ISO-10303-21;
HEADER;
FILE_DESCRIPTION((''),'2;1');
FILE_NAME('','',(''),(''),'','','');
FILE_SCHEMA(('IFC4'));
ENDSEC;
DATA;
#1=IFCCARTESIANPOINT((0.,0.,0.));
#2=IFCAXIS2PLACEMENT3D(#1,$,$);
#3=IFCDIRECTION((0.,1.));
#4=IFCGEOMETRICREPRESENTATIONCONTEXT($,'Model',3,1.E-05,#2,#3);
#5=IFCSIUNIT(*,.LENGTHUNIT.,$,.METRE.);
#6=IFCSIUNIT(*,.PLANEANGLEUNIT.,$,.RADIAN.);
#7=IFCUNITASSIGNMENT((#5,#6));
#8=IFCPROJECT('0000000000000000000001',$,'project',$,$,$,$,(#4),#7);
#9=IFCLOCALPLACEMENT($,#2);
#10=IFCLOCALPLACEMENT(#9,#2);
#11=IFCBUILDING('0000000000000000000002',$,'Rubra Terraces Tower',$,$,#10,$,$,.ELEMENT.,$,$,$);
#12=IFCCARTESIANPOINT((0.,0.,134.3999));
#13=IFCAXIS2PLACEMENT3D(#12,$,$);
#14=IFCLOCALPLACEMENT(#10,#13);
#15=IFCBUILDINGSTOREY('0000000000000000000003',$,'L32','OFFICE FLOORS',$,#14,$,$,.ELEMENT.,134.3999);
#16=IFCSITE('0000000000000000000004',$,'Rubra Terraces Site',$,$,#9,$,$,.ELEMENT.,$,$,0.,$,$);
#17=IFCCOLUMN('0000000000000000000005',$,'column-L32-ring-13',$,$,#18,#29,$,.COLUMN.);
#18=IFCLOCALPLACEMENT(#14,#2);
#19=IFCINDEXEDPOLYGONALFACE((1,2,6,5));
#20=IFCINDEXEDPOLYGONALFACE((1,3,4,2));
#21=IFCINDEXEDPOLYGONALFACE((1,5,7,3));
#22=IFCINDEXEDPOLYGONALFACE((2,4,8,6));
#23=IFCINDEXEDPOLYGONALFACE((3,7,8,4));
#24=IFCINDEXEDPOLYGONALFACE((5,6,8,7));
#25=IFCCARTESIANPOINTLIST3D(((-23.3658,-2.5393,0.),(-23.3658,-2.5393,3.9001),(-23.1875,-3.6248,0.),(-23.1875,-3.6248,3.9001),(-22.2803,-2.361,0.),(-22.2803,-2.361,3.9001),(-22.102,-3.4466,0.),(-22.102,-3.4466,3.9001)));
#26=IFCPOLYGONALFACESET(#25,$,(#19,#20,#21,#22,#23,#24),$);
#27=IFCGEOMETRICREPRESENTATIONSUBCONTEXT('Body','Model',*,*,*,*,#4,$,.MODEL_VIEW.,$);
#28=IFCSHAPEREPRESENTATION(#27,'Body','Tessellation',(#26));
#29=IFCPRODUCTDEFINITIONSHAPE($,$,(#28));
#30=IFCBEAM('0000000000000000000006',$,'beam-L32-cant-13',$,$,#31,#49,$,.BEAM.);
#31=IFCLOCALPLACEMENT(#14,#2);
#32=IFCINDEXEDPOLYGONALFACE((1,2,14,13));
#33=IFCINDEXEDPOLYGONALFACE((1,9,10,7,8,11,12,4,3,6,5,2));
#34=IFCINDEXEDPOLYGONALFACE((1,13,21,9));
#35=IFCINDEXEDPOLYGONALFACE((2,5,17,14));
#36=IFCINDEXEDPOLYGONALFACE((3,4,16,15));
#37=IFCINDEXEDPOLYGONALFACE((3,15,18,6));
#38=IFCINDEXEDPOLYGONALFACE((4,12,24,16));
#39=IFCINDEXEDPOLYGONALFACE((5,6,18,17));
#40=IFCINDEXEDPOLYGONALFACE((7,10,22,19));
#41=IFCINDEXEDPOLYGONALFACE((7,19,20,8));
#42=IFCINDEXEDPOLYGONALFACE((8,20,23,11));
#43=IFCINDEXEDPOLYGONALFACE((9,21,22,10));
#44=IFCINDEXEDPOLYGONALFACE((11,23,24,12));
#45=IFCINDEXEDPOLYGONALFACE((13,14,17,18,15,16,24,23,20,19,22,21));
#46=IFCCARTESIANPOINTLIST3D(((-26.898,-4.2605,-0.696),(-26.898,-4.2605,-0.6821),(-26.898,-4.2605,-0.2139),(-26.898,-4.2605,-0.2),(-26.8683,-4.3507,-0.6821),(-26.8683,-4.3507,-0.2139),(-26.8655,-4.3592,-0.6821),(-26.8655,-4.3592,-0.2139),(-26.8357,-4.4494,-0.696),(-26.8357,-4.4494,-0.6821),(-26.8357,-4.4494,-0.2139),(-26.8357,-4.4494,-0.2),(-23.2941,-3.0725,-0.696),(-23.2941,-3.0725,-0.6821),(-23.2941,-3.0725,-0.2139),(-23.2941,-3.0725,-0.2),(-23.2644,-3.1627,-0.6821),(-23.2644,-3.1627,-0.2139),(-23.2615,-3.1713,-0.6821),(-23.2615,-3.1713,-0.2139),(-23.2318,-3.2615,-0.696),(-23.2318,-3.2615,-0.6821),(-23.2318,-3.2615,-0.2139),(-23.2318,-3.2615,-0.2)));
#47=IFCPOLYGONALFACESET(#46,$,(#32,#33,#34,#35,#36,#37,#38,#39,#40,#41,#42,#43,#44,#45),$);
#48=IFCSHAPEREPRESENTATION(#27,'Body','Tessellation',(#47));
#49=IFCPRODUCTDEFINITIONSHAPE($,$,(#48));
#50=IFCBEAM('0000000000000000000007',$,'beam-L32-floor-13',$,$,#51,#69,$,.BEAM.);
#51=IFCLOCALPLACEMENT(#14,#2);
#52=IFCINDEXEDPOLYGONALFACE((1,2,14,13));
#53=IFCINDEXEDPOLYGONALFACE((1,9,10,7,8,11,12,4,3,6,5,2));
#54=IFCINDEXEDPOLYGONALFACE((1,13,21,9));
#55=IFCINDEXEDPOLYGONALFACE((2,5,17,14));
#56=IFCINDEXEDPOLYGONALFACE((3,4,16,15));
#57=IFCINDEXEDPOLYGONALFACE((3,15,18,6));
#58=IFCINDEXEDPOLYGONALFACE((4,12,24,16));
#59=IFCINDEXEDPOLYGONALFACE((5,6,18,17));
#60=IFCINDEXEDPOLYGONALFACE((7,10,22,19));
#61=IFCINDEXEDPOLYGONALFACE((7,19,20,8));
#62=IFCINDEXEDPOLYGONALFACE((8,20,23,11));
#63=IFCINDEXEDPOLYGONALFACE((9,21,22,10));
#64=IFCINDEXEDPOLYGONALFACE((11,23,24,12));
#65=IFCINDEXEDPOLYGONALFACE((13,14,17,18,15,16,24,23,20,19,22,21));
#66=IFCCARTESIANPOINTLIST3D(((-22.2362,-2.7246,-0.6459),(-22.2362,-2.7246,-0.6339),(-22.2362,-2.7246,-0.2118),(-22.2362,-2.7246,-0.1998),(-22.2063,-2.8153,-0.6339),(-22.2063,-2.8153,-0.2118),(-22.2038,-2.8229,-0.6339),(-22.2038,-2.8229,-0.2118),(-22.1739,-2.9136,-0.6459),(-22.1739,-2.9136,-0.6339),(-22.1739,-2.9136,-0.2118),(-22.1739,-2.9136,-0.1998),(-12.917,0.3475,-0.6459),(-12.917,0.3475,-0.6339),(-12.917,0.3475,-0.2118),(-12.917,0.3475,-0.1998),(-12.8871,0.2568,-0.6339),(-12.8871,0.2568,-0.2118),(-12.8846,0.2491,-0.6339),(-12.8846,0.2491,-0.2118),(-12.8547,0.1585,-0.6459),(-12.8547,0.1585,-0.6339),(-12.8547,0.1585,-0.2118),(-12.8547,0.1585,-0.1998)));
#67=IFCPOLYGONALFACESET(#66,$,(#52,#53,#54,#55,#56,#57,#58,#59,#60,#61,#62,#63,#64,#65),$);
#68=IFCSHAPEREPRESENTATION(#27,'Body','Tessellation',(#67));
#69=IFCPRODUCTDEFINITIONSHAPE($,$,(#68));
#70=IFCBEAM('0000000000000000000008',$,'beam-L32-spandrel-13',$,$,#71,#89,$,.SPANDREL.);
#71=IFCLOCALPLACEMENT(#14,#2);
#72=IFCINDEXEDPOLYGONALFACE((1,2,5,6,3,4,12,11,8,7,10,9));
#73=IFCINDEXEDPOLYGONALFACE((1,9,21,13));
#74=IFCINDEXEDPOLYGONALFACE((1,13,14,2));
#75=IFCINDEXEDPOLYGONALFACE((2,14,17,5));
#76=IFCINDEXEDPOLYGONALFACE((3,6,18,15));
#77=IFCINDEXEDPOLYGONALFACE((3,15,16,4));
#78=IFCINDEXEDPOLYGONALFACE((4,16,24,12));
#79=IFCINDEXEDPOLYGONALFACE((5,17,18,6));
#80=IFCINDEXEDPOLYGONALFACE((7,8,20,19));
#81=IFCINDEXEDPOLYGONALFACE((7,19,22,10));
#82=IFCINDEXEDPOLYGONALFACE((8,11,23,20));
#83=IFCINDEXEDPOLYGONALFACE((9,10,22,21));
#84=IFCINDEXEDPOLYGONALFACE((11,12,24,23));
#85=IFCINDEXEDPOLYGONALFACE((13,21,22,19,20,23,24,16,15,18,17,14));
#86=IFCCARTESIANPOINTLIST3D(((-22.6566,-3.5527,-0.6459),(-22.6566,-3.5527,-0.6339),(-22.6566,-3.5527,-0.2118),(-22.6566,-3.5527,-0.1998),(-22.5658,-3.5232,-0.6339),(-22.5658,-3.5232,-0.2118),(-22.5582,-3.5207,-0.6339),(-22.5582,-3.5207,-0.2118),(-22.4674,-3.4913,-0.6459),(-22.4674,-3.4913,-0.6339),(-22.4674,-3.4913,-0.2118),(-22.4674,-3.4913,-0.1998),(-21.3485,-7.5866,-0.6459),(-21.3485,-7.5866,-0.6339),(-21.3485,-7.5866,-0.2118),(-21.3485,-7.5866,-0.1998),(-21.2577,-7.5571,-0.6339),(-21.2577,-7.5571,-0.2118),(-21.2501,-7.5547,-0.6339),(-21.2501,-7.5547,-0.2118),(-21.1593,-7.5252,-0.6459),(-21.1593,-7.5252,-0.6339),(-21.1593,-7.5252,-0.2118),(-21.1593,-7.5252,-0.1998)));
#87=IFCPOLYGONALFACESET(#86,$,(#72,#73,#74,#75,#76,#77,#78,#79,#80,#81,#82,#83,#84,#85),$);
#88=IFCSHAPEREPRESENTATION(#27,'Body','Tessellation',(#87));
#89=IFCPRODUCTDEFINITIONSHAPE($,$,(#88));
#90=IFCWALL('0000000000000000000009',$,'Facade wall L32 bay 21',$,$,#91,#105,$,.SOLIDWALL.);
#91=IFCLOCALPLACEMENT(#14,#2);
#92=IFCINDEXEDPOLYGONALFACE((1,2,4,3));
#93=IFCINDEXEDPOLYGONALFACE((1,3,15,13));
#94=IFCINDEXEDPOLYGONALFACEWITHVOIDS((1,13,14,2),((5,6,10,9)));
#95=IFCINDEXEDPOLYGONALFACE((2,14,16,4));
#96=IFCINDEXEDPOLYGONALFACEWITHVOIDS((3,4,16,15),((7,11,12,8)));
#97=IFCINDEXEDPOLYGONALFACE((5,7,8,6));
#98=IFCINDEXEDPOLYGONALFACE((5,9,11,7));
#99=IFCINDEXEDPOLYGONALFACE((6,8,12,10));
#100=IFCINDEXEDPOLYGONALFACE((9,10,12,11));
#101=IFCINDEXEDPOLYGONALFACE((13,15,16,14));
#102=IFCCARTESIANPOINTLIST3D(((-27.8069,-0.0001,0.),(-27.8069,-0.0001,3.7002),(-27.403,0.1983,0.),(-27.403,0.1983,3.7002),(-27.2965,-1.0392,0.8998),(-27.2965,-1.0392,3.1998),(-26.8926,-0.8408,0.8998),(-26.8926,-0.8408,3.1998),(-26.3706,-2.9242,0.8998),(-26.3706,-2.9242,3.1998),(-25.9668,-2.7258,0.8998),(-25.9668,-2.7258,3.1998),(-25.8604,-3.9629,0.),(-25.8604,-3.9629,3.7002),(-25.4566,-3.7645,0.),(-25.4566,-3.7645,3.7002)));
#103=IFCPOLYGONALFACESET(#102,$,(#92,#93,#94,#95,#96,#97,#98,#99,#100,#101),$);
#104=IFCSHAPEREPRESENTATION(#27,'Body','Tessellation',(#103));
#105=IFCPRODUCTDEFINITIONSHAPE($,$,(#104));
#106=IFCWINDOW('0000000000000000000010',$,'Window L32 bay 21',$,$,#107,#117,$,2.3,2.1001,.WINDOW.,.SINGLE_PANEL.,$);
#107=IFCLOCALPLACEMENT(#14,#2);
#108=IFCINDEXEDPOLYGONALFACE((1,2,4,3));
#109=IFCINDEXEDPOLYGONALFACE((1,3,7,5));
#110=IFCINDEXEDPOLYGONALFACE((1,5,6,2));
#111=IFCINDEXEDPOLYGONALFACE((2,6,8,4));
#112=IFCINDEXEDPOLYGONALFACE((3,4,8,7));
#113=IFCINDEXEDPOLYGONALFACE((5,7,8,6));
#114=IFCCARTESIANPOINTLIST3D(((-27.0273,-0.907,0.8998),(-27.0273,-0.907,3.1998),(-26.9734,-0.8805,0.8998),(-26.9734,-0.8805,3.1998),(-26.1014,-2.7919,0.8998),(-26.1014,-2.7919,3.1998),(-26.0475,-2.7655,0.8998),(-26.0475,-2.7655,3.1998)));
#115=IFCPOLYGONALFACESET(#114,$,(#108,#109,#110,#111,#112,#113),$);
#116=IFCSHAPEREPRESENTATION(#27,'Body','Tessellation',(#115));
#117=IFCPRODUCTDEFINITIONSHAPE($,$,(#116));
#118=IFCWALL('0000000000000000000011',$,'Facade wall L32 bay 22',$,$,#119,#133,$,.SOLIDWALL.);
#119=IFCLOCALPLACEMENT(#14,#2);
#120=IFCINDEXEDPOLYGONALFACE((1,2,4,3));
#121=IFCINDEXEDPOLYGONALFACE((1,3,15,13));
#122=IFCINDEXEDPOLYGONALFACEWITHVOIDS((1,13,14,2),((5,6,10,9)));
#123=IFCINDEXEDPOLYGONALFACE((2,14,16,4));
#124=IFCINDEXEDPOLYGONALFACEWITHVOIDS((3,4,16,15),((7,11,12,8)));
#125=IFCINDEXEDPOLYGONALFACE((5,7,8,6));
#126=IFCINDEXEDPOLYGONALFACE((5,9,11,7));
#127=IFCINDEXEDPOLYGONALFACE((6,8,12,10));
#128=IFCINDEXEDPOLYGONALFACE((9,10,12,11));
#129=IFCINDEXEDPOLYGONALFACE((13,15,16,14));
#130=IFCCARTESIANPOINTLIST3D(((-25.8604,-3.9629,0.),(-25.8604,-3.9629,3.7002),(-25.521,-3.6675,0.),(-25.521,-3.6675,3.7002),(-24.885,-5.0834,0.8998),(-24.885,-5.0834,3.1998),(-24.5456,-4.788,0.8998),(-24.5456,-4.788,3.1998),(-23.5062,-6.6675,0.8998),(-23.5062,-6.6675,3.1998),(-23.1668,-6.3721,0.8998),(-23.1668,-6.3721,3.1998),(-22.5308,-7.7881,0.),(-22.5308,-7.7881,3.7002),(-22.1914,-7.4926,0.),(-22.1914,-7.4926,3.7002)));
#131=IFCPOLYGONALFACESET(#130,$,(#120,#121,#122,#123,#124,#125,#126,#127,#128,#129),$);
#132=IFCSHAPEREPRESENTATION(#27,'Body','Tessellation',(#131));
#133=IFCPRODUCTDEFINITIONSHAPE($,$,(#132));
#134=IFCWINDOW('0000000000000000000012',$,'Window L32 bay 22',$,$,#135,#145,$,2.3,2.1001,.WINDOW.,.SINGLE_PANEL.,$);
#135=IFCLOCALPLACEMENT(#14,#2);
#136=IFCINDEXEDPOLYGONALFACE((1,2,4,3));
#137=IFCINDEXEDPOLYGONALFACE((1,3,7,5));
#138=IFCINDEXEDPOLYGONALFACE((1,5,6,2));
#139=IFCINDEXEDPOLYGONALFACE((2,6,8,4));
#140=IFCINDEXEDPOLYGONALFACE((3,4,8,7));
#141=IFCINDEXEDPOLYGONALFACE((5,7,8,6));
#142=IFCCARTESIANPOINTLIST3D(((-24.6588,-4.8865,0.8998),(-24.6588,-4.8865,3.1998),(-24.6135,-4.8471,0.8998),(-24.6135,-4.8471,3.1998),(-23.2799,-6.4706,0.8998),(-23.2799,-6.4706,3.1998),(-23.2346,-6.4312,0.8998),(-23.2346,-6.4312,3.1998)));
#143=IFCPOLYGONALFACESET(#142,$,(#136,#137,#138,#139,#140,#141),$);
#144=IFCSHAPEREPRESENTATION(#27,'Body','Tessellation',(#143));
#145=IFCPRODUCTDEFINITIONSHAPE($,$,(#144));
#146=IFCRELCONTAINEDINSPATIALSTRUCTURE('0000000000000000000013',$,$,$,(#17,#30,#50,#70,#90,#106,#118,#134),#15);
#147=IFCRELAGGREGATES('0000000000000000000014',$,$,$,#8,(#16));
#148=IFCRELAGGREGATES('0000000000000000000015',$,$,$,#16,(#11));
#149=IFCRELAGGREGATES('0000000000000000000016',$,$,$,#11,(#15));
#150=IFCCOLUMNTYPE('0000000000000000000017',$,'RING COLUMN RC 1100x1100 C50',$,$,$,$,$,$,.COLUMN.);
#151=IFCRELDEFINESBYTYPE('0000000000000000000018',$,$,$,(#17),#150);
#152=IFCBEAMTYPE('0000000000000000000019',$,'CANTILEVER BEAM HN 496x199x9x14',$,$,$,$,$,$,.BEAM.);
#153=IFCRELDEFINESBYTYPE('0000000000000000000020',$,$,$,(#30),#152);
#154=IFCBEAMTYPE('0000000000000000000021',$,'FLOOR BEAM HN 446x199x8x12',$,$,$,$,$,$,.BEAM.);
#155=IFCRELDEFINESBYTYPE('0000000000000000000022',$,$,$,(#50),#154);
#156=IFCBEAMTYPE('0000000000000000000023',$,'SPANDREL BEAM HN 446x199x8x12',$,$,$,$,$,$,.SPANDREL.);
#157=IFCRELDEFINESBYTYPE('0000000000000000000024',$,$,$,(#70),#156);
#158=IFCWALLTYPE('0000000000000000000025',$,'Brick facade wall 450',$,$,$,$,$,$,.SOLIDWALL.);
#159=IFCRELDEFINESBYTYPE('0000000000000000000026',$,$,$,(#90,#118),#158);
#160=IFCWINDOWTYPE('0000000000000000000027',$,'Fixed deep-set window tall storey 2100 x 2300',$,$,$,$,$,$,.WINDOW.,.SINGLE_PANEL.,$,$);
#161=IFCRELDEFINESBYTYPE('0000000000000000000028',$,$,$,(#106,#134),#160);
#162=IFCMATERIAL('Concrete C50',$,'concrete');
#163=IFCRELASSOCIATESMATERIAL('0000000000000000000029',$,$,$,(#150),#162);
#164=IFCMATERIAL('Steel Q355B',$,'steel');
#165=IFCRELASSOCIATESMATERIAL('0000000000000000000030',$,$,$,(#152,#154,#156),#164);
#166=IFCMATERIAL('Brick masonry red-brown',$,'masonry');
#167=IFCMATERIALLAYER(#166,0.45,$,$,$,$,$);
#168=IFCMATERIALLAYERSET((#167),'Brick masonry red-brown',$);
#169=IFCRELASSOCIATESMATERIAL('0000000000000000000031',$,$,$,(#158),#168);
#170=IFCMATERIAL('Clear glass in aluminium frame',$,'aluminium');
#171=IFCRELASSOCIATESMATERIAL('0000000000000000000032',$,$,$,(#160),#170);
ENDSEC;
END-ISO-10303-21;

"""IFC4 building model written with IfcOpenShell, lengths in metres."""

from ifc_helpers import new_model, si_unit, direction, frame, frame_2d, origin, origin_2d, place, context, subcontext, project, spatial, rectangle, i_section, extrude, material, layer, layer_set, material_profile, profile_set, type_object, element, fill, save


model = new_model("IFC4")

# Units and contexts
model_context = context("Model", 3, precision=1e-05, world=origin(), true_north=direction((0.0, 1.0)))
body_context = subcontext(model_context, "Body", "Model", "MODEL_VIEW")
ifc_project = project(units=[si_unit("LENGTHUNIT", "METRE"), si_unit("PLANEANGLEUNIT", "RADIAN")], contexts=[model_context])

# Site, building, storey
site_placement = place(None, origin())
site = spatial("IfcSite", under=ifc_project, at=site_placement, Name="Rubra Terraces Site", CompositionType="ELEMENT", RefElevation=0.0)
building_placement = place(site_placement, origin())
building = spatial("IfcBuilding", under=site, at=building_placement, Name="Rubra Terraces Tower", CompositionType="ELEMENT")
storey_placement = place(building_placement, frame((0.0, 0.0, 134.3999)))
storey = spatial("IfcBuildingStorey", under=building, at=storey_placement, Name="L32", Description="OFFICE FLOORS", CompositionType="ELEMENT", Elevation=134.3999)

# Column
ifc_material_1 = material(Name="Concrete C50", Category="concrete")
ifc_material_profile_1 = material_profile(ifc_material_1, rectangle(XDim=1.1001, YDim=1.1001, at=origin_2d()), Name="RC 1100x1100")
ifc_profile_set_1 = profile_set([ifc_material_profile_1], Name="Concrete C50")
column_type = type_object("IfcColumnType", Name="RING COLUMN RC 1100x1100 C50", PredefinedType="COLUMN", material=ifc_profile_set_1)
column_placement = place(storey_placement, frame((-22.7339, -2.9929, 0.0), z_axis=(0.0, 0.0, 1.0), x_axis=(0.162062, -0.986781, 0.0)))
element("IfcColumn", 1, at=column_placement, inside=storey, type_object=column_type, Name="column-L32-ring-13", PredefinedType="COLUMN", context=body_context, shape_type="SweptSolid", body=[
    extrude(rectangle(XDim=1.1001, YDim=1.1001, at=origin_2d()), origin(), (0.0, 0.0, 1.0), 3.9001),
])

# Beams
ifc_material_2 = material(Name="Steel Q355B", Category="steel")
ifc_material_profile_2 = material_profile(ifc_material_2, i_section(OverallWidth=0.199, OverallDepth=0.4961, WebThickness=0.009, FlangeThickness=0.0139, at=origin_2d()), Name="HN 496x199x9x14")
ifc_profile_set_2 = profile_set([ifc_material_profile_2], Name="Steel Q355B")
beam_type_1 = type_object("IfcBeamType", Name="CANTILEVER BEAM HN 496x199x9x14", PredefinedType="BEAM", material=ifc_profile_set_2)
beam_1_placement = place(storey_placement, frame((-23.2629, -3.167, -0.448), z_axis=(-0.949733, -0.313061, 0.0), x_axis=(0.313061, -0.949733, 0.0)))
element("IfcBeam", 2, at=beam_1_placement, inside=storey, type_object=beam_type_1, Name="beam-L32-cant-13", PredefinedType="BEAM", context=body_context, shape_type="SweptSolid", body=[
    extrude(i_section(OverallWidth=0.199, OverallDepth=0.4961, WebThickness=0.009, FlangeThickness=0.0139, at=origin_2d()), origin(), (0.0, 0.0, 1.0), 3.7947),
])
ifc_material_profile_3 = material_profile(ifc_material_2, i_section(OverallWidth=0.199, OverallDepth=0.446, WebThickness=0.0081, FlangeThickness=0.012, at=origin_2d()), Name="HN 446x199x8x12")
ifc_profile_set_3 = profile_set([ifc_material_profile_3], Name="Steel Q355B")
beam_type_2 = type_object("IfcBeamType", Name="FLOOR BEAM HN 446x199x8x12", PredefinedType="BEAM", material=ifc_profile_set_3)
beam_2_placement = place(storey_placement, frame((-22.2051, -2.8191, -0.4229), z_axis=(0.949728, 0.313076, 0.0), x_axis=(-0.313076, 0.949728, 0.0)))
element("IfcBeam", 3, at=beam_2_placement, inside=storey, type_object=beam_type_2, Name="beam-L32-floor-13", PredefinedType="BEAM", context=body_context, shape_type="SweptSolid", body=[
    extrude(i_section(OverallWidth=0.199, OverallDepth=0.446, WebThickness=0.0081, FlangeThickness=0.012, at=origin_2d()), origin(), (0.0, 0.0, 1.0), 9.8125),
])
ifc_material_profile_4 = material_profile(ifc_material_2, i_section(OverallWidth=0.199, OverallDepth=0.446, WebThickness=0.0081, FlangeThickness=0.012, at=origin_2d()), Name="HN 446x199x8x12")
ifc_profile_set_4 = profile_set([ifc_material_profile_4], Name="Steel Q355B")
beam_type_3 = type_object("IfcBeamType", Name="SPANDREL BEAM HN 446x199x8x12", PredefinedType="SPANDREL", material=ifc_profile_set_4)
beam_3_placement = place(storey_placement, frame((-22.562, -3.522, -0.4229), z_axis=(0.308462, -0.951237, 0.0), x_axis=(0.951237, 0.308462, 0.0)))
element("IfcBeam", 4, at=beam_3_placement, inside=storey, type_object=beam_type_3, Name="beam-L32-spandrel-13", PredefinedType="SPANDREL", context=body_context, shape_type="SweptSolid", body=[
    extrude(i_section(OverallWidth=0.199, OverallDepth=0.446, WebThickness=0.0081, FlangeThickness=0.012, at=origin_2d()), origin(), (0.0, 0.0, 1.0), 4.2407),
])

# Walls, openings, windows
ifc_material_3 = material(Name="Brick masonry red-brown", Category="masonry")
ifc_layer_1 = layer(ifc_material_3, 0.45)
ifc_layer_set_1 = layer_set([ifc_layer_1], Name="Brick masonry red-brown")
wall_type_1 = type_object("IfcWallType", Name="Brick facade wall 450", PredefinedType="SOLIDWALL", material=ifc_layer_set_1)
wall_1_placement = place(storey_placement, frame((-27.605, 0.0991, 0.0), z_axis=(0.0, 0.0, 1.0), x_axis=(0.440877, -0.897568, 0.0)))
wall_1 = element("IfcWall", 5, at=wall_1_placement, inside=storey, type_object=wall_type_1, Name="Facade wall L32 bay 21", PredefinedType="SOLIDWALL", context=body_context, shape_type="SweptSolid", body=[
    extrude(rectangle(XDim=4.415, YDim=0.45, at=frame_2d((2.2075, 0.0))), origin(), (0.0, 0.0, 1.0), 3.7002),
])
opening_1_placement = place(wall_1_placement, frame((1.1577, 0.0, 0.8999)))
opening_1 = element("IfcOpeningElement", 6, at=opening_1_placement, cuts=wall_1, PredefinedType="OPENING", context=body_context, shape_type="SweptSolid", body=[
    extrude(rectangle(XDim=2.1001, YDim=2.3, at=frame_2d((1.05, 1.1499))), frame((0.0, 0.2349, 0.0), z_axis=(0.0, -1.0, 0.0), x_axis=(1.0, 0.0, 0.0)), (0.0, 0.0, 1.0), 0.47),
])
ifc_material_4 = material(Name="Clear glass in aluminium frame", Category="aluminium")
window_type = type_object("IfcWindowType", Name="Fixed deep-set window tall storey 2100 x 2300", PartitioningType="SINGLE_PANEL", PredefinedType="WINDOW", material=ifc_material_4)
window_1_placement = place(opening_1_placement, origin())
window_1 = element("IfcWindow", 7, at=window_1_placement, inside=storey, type_object=window_type, Name="Window L32 bay 21", OverallHeight=2.3, OverallWidth=2.1001, PartitioningType="SINGLE_PANEL", PredefinedType="WINDOW", context=body_context, shape_type="SweptSolid", body=[
    extrude(rectangle(XDim=2.1001, YDim=2.3, at=frame_2d((1.05, 1.1499))), frame((0.0, 0.135, 0.0), z_axis=(0.0, -1.0, 0.0), x_axis=(1.0, 0.0, 0.0)), (0.0, 0.0, 1.0), 0.0601),
])
fill(opening_1, window_1)
wall_2_placement = place(storey_placement, frame((-25.6907, -3.8152, 0.0), z_axis=(0.0, 0.0, 1.0), x_axis=(0.656553, -0.75428, 0.0)))
wall_2 = element("IfcWall", 8, at=wall_2_placement, inside=storey, type_object=wall_type_1, Name="Facade wall L32 bay 22", PredefinedType="SOLIDWALL", context=body_context, shape_type="SweptSolid", body=[
    extrude(rectangle(XDim=5.0713, YDim=0.45, at=frame_2d((2.5356, 0.0))), origin(), (0.0, 0.0, 1.0), 3.7002),
])
opening_2_placement = place(wall_2_placement, frame((1.4856, 0.0, 0.8999)))
opening_2 = element("IfcOpeningElement", 9, at=opening_2_placement, cuts=wall_2, PredefinedType="OPENING", context=body_context, shape_type="SweptSolid", body=[
    extrude(rectangle(XDim=2.1001, YDim=2.3, at=frame_2d((1.05, 1.1499))), frame((0.0, 0.2349, 0.0), z_axis=(0.0, -1.0, 0.0), x_axis=(1.0, 0.0, 0.0)), (0.0, 0.0, 1.0), 0.47),
])
window_2_placement = place(opening_2_placement, origin())
window_2 = element("IfcWindow", 10, at=window_2_placement, inside=storey, type_object=window_type, Name="Window L32 bay 22", OverallHeight=2.3, OverallWidth=2.1001, PartitioningType="SINGLE_PANEL", PredefinedType="WINDOW", context=body_context, shape_type="SweptSolid", body=[
    extrude(rectangle(XDim=2.1001, YDim=2.3, at=frame_2d((1.05, 1.1499))), frame((0.0, 0.135, 0.0), z_axis=(0.0, -1.0, 0.0), x_axis=(1.0, 0.0, 0.0)), (0.0, 0.0, 1.0), 0.0601),
])
fill(opening_2, window_2)

save(model, "model.ifc")
